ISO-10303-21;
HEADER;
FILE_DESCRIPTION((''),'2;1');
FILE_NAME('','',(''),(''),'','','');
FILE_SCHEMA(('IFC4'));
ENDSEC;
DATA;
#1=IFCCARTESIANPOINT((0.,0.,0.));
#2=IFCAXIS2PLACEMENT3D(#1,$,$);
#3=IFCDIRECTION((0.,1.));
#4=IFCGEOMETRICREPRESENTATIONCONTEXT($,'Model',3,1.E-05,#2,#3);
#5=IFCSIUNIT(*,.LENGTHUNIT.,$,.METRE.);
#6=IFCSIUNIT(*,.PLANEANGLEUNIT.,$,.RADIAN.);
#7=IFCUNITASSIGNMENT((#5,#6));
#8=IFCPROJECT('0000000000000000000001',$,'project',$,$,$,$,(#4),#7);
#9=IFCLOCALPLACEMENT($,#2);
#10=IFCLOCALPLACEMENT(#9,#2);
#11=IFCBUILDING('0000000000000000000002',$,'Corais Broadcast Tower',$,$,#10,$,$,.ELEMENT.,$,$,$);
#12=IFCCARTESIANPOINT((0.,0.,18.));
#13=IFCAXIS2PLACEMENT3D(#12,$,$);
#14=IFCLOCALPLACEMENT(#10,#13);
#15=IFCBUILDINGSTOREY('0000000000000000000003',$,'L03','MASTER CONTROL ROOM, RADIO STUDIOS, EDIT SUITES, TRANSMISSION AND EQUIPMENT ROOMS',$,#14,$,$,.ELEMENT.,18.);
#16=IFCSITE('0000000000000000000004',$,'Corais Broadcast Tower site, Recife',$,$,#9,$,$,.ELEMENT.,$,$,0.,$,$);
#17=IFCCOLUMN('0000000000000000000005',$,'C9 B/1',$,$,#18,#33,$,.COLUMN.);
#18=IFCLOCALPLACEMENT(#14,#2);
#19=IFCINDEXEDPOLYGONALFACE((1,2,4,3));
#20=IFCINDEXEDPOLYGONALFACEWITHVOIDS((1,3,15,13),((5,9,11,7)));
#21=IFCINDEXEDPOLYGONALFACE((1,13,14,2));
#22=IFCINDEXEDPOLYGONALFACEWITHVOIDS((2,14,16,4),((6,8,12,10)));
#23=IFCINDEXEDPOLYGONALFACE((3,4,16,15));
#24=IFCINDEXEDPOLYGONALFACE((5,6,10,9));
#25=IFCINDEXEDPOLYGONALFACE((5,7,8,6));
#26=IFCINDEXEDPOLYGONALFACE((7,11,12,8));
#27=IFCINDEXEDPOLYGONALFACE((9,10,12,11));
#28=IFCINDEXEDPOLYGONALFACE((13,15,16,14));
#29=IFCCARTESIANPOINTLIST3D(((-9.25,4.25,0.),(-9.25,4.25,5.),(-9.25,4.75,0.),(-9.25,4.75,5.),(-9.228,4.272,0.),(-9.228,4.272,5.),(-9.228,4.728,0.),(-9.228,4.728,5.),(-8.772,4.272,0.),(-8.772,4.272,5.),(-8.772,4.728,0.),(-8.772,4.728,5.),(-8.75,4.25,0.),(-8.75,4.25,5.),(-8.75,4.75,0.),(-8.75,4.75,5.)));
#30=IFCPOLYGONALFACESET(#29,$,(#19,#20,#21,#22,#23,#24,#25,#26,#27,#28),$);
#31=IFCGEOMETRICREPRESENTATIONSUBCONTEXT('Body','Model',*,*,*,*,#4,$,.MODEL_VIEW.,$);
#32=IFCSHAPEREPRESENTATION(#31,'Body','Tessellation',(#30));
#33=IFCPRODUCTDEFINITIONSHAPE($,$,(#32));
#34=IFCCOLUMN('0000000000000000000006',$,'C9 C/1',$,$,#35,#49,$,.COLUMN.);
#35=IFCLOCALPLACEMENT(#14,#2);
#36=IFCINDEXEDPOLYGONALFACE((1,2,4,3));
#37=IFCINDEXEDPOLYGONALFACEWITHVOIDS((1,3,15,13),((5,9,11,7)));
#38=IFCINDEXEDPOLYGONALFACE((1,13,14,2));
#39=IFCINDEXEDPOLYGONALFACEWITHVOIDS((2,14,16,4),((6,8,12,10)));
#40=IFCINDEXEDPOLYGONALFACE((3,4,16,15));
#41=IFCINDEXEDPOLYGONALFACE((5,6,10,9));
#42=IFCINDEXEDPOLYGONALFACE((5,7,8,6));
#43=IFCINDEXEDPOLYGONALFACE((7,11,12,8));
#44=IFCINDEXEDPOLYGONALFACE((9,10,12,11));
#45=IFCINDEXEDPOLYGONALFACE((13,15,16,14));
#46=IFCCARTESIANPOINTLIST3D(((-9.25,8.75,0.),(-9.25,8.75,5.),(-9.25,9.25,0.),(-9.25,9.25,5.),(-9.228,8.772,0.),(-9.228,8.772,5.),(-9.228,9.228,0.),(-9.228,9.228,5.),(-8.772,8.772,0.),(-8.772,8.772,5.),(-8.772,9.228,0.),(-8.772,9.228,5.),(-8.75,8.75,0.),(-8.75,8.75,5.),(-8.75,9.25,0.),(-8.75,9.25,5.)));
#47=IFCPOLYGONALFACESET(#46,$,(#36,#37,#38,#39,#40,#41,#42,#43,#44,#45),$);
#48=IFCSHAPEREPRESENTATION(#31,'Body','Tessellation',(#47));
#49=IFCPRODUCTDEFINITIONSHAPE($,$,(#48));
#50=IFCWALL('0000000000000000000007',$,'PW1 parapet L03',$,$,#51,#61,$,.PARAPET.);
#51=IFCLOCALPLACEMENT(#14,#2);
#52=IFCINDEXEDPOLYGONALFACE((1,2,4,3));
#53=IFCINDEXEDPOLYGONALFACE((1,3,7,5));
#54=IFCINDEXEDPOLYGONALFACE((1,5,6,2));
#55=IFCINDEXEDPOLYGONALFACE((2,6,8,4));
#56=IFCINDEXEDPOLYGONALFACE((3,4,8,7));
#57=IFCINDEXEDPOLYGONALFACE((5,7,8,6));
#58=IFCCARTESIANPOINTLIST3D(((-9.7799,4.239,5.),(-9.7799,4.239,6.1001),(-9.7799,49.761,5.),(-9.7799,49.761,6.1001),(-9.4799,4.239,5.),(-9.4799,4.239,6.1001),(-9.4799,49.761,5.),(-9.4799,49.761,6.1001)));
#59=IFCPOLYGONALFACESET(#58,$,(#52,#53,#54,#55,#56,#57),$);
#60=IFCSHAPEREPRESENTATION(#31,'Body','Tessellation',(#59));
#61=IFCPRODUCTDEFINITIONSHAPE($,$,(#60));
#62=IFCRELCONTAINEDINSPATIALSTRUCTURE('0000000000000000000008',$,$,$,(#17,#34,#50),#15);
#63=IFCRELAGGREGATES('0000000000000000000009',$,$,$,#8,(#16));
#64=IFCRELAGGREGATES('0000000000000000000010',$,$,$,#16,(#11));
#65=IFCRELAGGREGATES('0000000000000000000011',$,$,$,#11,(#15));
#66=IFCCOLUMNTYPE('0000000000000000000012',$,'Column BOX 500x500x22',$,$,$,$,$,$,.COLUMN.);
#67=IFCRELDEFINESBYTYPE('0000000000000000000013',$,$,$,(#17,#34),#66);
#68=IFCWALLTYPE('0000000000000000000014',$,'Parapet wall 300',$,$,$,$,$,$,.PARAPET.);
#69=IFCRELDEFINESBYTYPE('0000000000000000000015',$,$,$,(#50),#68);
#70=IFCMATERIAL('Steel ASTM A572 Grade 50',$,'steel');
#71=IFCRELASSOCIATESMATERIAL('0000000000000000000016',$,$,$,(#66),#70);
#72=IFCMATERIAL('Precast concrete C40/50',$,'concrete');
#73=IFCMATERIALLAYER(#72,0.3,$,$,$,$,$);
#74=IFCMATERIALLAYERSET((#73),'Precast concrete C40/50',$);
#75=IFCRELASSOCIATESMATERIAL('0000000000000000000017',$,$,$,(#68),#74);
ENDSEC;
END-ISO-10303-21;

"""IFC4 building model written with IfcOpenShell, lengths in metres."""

from ifc_helpers import new_model, si_unit, direction, frame, frame_2d, origin, origin_2d, place, context, subcontext, project, spatial, rectangle, hollow_rectangle, extrude, material, layer, layer_set, material_profile, profile_set, type_object, element, save


model = new_model("IFC4")

# Units and contexts
model_context = context("Model", 3, precision=1e-05, world=origin(), true_north=direction((0.0, 1.0)))
body_context = subcontext(model_context, "Body", "Model", "MODEL_VIEW")
ifc_project = project(units=[si_unit("LENGTHUNIT", "METRE"), si_unit("PLANEANGLEUNIT", "RADIAN")], contexts=[model_context])

# Site, building, storey
site_placement = place(None, origin())
site = spatial("IfcSite", under=ifc_project, at=site_placement, Name="Corais Broadcast Tower site, Recife", CompositionType="ELEMENT", RefElevation=0.0)
building_placement = place(site_placement, origin())
building = spatial("IfcBuilding", under=site, at=building_placement, Name="Corais Broadcast Tower", CompositionType="ELEMENT")
storey_placement = place(building_placement, frame((0.0, 0.0, 18.0)))
storey = spatial("IfcBuildingStorey", under=building, at=storey_placement, Name="L03", Description="MASTER CONTROL ROOM, RADIO STUDIOS, EDIT SUITES, TRANSMISSION AND EQUIPMENT ROOMS", CompositionType="ELEMENT", Elevation=18.0)

# Columns
ifc_material_1 = material(Name="Steel ASTM A572 Grade 50", Category="steel")
ifc_material_profile = material_profile(ifc_material_1, hollow_rectangle(XDim=0.5, YDim=0.5, WallThickness=0.022, at=origin_2d()), Name="BOX 500x500x22")
ifc_profile_set = profile_set([ifc_material_profile], Name="Steel ASTM A572 Grade 50")
column_type = type_object("IfcColumnType", Name="Column BOX 500x500x22", PredefinedType="COLUMN", material=ifc_profile_set)
for number, where, z_axis, x_axis, name in (
    (1, (-9.0, 4.5, 0.0), (0.0, 0.0, 1.0), (1.0, 0.0, 0.0), "C9 B/1"),
    (2, (-9.0, 9.0, 0.0), (0.0, 0.0, 1.0), (1.0, 0.0, 0.0), "C9 C/1"),
):
    element("IfcColumn", number, at=place(storey_placement, frame(where, z_axis=z_axis, x_axis=x_axis)), inside=storey, type_object=column_type, Name=name, PredefinedType="COLUMN", context=body_context, shape_type="SweptSolid", body=[
        extrude(hollow_rectangle(XDim=0.5, YDim=0.5, WallThickness=0.022, at=origin_2d()), origin(), (0.0, 0.0, 1.0), 5.0),
    ])

# Wall
ifc_material_2 = material(Name="Precast concrete C40/50", Category="concrete")
ifc_layer = layer(ifc_material_2, 0.3)
ifc_layer_set = layer_set([ifc_layer], Name="Precast concrete C40/50")
wall_type = type_object("IfcWallType", Name="Parapet wall 300", PredefinedType="PARAPET", material=ifc_layer_set)
wall_placement = place(storey_placement, frame((-9.6299, 4.239, 5.0), z_axis=(0.0, 0.0, 1.0), x_axis=(0.0, 1.0, 0.0)))
element("IfcWall", 3, at=wall_placement, inside=storey, type_object=wall_type, Name="PW1 parapet L03", PredefinedType="PARAPET", context=body_context, shape_type="SweptSolid", body=[
    extrude(rectangle(XDim=45.522, YDim=0.3, at=frame_2d((22.761, 0.0))), origin(), (0.0, 0.0, 1.0), 1.1001),
])

save(model, "model.ifc")
